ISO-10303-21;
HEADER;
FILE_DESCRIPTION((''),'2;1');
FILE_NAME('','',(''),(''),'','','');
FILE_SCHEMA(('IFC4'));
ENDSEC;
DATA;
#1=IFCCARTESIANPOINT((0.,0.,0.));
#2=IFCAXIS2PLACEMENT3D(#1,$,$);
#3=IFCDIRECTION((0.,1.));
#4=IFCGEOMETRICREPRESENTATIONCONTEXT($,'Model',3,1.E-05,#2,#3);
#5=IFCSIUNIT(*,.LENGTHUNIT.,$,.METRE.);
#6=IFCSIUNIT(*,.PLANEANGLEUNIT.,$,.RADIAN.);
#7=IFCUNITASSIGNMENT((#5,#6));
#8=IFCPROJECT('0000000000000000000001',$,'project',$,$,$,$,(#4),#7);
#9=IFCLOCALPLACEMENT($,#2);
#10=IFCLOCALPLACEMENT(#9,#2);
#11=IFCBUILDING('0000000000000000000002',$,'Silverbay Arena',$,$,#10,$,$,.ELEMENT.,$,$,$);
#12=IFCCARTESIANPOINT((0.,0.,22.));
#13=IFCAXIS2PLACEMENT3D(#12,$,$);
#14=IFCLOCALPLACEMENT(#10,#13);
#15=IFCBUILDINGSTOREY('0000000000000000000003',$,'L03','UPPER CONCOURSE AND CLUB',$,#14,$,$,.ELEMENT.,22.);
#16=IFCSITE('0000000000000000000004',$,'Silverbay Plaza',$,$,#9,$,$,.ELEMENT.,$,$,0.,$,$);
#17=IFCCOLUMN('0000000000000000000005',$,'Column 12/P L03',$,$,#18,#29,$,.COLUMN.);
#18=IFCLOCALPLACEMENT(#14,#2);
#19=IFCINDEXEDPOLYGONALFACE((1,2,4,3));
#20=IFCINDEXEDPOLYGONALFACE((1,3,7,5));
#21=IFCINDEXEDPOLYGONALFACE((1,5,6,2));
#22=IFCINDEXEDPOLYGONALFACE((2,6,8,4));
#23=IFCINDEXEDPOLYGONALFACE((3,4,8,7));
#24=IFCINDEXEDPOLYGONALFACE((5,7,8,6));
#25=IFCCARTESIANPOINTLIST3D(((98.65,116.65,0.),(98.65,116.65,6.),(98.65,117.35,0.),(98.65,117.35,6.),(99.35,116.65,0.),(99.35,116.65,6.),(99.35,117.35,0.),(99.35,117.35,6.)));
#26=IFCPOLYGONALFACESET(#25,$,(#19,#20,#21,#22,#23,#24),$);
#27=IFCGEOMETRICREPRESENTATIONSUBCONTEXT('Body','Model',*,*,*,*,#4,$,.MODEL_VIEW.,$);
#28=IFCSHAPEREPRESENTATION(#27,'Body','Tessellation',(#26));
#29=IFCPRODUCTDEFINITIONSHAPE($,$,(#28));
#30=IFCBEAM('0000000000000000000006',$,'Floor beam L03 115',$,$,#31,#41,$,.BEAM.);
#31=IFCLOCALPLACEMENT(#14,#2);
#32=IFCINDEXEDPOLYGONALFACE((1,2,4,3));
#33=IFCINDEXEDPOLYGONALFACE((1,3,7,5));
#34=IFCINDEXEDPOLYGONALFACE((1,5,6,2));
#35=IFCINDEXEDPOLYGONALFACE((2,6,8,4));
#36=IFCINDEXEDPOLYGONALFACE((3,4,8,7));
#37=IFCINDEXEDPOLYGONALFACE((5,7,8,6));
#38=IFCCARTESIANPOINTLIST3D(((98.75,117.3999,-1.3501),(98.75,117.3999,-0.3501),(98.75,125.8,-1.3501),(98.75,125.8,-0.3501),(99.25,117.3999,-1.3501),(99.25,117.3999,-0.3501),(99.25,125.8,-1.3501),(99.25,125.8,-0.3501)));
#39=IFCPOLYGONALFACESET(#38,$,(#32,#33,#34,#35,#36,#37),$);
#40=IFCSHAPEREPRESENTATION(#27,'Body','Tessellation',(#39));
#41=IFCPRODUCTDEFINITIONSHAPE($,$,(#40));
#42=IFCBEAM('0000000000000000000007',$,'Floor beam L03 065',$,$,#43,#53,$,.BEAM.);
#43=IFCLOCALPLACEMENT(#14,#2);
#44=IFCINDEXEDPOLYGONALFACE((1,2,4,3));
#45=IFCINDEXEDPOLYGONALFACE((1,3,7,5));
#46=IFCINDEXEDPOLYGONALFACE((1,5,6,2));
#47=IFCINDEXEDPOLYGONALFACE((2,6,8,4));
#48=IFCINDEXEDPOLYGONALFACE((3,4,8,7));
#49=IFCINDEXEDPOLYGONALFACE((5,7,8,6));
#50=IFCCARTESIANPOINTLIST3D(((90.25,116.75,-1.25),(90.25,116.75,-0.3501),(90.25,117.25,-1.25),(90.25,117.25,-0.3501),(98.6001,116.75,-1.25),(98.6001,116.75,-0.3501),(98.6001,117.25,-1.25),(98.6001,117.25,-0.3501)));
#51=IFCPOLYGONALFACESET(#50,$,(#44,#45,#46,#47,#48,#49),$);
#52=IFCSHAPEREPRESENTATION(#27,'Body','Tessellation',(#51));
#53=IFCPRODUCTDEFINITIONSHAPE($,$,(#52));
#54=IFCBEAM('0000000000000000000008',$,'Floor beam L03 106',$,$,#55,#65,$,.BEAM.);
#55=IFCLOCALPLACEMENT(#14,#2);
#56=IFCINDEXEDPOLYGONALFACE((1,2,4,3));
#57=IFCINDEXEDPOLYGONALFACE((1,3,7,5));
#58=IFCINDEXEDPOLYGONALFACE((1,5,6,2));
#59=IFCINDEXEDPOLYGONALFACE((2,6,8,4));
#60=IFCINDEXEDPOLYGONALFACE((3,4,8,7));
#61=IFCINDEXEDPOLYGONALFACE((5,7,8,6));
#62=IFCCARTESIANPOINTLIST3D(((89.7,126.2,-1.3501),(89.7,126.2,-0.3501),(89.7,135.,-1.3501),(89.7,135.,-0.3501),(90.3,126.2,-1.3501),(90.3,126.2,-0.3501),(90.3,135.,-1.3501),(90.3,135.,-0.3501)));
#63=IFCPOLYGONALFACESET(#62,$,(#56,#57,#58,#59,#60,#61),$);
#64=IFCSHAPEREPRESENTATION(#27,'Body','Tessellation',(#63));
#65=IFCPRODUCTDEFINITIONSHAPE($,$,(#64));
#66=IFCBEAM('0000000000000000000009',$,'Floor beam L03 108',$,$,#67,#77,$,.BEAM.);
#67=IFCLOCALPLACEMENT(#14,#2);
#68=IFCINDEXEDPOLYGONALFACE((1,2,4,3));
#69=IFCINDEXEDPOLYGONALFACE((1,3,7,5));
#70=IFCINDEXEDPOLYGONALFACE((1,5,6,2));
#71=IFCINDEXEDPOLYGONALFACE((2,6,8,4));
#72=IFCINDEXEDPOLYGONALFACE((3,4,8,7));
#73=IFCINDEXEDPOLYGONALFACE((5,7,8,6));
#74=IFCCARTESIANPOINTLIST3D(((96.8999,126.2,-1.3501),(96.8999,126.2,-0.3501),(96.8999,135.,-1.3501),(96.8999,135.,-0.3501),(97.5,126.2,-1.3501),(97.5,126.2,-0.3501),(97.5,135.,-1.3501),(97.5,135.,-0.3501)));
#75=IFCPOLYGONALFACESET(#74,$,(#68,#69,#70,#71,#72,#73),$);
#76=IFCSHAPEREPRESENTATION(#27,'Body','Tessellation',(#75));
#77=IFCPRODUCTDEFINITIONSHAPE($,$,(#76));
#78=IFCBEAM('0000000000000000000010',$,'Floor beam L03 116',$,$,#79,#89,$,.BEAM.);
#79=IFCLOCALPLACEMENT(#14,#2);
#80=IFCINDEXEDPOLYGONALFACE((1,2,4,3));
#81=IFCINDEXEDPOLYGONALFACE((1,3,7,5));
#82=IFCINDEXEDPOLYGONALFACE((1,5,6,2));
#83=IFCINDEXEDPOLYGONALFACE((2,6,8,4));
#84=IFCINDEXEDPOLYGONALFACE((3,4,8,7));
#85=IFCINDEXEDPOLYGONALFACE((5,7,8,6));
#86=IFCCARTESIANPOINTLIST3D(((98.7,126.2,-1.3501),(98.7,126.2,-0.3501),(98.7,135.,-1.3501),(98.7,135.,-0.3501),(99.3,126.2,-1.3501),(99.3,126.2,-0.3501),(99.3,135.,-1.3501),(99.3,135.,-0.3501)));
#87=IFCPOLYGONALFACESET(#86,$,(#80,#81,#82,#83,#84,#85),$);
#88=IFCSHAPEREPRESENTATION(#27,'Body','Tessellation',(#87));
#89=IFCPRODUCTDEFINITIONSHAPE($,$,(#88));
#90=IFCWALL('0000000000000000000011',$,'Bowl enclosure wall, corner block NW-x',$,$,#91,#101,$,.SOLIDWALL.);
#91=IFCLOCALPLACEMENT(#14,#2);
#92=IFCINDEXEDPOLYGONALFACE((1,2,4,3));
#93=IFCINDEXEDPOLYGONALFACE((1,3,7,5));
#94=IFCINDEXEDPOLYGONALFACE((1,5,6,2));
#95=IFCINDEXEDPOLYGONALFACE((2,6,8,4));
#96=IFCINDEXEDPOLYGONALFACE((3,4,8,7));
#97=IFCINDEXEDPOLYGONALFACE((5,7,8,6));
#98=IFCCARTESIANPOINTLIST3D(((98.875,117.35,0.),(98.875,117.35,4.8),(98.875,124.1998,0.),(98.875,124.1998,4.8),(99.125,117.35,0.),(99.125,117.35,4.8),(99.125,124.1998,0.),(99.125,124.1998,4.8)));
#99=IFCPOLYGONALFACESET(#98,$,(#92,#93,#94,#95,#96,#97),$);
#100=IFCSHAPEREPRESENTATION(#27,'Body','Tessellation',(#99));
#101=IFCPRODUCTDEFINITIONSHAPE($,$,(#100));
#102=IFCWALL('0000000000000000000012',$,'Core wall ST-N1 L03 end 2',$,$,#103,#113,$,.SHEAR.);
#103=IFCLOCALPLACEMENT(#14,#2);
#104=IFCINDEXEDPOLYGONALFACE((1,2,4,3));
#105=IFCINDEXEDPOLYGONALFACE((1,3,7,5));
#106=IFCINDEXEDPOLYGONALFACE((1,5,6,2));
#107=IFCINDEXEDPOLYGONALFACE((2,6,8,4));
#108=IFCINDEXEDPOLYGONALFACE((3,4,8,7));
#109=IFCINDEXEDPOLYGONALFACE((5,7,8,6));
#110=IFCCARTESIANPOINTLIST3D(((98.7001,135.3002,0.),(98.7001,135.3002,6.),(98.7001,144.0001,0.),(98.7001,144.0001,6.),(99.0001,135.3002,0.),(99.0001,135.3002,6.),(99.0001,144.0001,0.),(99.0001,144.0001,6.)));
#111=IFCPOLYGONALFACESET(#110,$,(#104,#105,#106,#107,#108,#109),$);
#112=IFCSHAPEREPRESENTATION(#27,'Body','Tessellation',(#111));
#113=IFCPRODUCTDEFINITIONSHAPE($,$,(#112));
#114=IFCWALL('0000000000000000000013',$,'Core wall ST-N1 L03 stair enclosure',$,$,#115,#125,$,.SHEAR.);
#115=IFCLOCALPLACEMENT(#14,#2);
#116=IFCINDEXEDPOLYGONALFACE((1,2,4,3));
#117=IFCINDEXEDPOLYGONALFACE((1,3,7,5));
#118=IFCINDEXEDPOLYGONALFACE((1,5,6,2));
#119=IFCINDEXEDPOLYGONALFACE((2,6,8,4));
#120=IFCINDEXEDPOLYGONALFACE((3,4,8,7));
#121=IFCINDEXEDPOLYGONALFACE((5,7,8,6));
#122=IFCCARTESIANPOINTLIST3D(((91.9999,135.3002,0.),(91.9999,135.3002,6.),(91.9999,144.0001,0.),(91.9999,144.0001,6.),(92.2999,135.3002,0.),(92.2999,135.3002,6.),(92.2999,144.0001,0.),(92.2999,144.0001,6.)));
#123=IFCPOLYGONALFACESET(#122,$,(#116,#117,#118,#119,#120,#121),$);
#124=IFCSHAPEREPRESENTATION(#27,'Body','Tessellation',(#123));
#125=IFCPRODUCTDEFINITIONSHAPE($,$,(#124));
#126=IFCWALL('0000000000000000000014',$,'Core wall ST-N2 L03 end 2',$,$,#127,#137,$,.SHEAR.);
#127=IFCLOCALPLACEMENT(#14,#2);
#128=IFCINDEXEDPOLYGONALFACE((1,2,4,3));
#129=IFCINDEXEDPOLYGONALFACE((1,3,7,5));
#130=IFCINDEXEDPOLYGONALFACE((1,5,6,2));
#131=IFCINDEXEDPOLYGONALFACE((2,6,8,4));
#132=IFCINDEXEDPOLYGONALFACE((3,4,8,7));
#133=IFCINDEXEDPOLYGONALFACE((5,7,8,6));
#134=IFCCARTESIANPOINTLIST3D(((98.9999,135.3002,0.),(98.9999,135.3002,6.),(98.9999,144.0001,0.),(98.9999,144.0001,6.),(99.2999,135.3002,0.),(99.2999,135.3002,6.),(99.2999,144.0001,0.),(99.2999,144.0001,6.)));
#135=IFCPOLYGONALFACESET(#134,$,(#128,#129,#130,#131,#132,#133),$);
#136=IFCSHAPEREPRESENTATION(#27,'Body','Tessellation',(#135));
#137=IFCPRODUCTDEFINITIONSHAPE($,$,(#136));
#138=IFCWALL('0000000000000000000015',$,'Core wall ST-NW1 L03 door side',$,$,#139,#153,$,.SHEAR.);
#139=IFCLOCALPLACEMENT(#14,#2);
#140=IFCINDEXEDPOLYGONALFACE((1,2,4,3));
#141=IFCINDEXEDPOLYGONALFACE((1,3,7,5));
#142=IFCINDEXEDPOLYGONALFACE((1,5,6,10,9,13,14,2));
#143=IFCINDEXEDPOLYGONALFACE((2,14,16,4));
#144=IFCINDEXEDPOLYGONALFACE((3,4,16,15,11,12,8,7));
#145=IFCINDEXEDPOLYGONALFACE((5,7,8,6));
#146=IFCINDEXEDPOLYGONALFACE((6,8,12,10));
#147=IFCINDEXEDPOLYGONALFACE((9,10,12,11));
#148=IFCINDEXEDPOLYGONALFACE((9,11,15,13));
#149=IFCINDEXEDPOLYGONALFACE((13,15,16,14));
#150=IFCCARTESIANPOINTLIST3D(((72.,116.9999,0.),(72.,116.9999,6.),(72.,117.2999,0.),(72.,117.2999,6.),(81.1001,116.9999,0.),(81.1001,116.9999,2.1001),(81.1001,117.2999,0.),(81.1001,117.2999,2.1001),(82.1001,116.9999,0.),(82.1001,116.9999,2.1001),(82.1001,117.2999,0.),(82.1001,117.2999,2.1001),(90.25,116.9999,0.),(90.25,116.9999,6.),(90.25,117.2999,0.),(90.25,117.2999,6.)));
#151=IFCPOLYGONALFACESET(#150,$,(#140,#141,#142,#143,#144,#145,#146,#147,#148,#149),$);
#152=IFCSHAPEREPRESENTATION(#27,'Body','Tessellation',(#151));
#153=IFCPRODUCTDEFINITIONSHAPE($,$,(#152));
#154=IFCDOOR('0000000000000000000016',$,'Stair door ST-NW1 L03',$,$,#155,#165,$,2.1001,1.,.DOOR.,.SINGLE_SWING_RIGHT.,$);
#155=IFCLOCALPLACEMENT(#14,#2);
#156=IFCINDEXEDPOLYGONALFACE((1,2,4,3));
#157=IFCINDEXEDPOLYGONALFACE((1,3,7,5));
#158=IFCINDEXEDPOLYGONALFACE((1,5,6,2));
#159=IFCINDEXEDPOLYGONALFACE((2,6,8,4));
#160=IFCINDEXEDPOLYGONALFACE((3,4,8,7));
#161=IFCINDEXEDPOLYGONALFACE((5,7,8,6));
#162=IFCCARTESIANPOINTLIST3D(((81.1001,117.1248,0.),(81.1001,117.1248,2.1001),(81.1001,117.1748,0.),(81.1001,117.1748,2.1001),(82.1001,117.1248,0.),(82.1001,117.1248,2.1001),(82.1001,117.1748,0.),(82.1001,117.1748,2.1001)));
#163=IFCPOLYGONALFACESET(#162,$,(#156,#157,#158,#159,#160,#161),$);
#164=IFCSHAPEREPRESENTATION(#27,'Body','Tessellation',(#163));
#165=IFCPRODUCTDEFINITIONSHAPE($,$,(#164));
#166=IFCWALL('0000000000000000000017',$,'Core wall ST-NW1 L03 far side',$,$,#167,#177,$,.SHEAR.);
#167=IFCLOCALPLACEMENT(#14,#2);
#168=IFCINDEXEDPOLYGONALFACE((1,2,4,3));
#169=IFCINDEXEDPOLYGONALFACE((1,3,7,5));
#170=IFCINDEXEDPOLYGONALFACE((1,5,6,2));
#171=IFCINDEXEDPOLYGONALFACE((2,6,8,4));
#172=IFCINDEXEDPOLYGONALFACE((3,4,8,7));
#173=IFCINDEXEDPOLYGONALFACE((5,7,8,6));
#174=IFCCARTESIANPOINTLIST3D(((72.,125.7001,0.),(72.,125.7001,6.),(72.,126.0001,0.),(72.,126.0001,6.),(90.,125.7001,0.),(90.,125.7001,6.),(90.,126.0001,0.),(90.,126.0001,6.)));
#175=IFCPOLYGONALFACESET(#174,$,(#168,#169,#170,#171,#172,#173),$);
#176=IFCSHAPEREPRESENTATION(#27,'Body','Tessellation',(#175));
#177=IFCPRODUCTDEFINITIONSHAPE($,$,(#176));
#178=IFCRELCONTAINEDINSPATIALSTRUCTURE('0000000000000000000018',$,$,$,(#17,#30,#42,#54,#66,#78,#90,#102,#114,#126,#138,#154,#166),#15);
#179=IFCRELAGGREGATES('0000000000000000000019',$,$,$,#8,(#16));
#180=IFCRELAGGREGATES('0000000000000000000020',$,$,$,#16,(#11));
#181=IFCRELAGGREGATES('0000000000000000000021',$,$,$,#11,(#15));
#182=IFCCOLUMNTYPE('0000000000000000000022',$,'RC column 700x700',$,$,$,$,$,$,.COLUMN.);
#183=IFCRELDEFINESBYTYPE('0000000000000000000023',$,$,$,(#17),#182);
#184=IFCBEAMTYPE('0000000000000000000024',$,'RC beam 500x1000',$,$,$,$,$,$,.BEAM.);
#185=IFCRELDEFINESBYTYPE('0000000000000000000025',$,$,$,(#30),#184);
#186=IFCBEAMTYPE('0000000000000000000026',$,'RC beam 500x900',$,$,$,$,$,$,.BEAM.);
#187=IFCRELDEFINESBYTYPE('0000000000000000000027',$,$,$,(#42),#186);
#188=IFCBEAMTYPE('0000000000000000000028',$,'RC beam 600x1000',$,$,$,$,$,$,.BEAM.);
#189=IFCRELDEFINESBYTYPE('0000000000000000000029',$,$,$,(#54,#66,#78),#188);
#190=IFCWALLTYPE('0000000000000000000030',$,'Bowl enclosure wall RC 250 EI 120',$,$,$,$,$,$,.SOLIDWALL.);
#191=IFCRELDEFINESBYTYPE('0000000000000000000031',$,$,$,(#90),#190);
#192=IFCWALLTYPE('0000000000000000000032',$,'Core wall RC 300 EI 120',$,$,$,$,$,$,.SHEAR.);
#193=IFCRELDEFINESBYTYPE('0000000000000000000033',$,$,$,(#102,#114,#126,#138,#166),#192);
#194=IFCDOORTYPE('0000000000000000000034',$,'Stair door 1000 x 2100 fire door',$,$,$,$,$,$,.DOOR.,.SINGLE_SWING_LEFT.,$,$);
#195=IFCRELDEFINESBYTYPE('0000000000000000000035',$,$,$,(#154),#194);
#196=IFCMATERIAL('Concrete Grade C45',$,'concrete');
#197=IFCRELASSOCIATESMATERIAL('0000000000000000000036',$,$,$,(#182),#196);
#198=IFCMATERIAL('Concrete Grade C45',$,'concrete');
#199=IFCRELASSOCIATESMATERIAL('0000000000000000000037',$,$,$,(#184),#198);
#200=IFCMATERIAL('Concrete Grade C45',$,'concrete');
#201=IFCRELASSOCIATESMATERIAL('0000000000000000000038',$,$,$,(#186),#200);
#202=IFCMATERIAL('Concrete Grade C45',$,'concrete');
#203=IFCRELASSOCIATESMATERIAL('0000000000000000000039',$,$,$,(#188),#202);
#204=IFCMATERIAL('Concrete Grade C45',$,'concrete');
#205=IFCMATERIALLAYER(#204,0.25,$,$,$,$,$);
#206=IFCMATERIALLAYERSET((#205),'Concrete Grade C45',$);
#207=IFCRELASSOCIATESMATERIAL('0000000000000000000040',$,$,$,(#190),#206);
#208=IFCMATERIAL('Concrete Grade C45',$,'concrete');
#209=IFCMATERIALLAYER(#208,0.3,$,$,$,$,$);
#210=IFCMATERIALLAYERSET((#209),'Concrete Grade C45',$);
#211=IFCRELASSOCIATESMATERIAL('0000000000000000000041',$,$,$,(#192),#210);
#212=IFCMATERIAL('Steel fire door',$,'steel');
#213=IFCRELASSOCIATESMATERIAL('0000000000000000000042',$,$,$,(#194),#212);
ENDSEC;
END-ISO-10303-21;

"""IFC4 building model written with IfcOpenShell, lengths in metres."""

from ifc_helpers import new_model, si_unit, direction, frame, frame_2d, origin, origin_2d, place, context, subcontext, project, spatial, rectangle, extrude, material, layer, layer_set, material_profile, profile_set, type_object, element, fill, save


model = new_model("IFC4")

# Units and contexts
model_context = context("Model", 3, precision=1e-05, world=origin(), true_north=direction((0.0, 1.0)))
body_context = subcontext(model_context, "Body", "Model", "MODEL_VIEW")
ifc_project = project(units=[si_unit("LENGTHUNIT", "METRE"), si_unit("PLANEANGLEUNIT", "RADIAN")], contexts=[model_context])

# Site, building, storey
site_placement = place(None, origin())
site = spatial("IfcSite", under=ifc_project, at=site_placement, Name="Silverbay Plaza", CompositionType="ELEMENT", RefElevation=0.0)
building_placement = place(site_placement, origin())
building = spatial("IfcBuilding", under=site, at=building_placement, Name="Silverbay Arena", CompositionType="ELEMENT")
storey_placement = place(building_placement, frame((0.0, 0.0, 22.0)))
storey = spatial("IfcBuildingStorey", under=building, at=storey_placement, Name="L03", Description="UPPER CONCOURSE AND CLUB", CompositionType="ELEMENT", Elevation=22.0)

# Column
ifc_material_1 = material(Name="Concrete Grade C45", Category="concrete")
ifc_material_profile_1 = material_profile(ifc_material_1, rectangle(XDim=0.7, YDim=0.7, at=origin_2d()), Name="RC 700x700")
ifc_profile_set_1 = profile_set([ifc_material_profile_1], Name="Concrete Grade C45")
column_type = type_object("IfcColumnType", Name="RC column 700x700", PredefinedType="COLUMN", material=ifc_profile_set_1)
column_placement = place(storey_placement, frame((99.0, 117.0, 0.0), z_axis=(0.0, 0.0, 1.0), x_axis=(1.0, 0.0, 0.0)))
element("IfcColumn", 1, at=column_placement, inside=storey, type_object=column_type, Name="Column 12/P L03", PredefinedType="COLUMN", context=body_context, shape_type="SweptSolid", body=[
    extrude(rectangle(XDim=0.7, YDim=0.7, at=origin_2d()), origin(), (0.0, 0.0, 1.0), 6.0),
])

# Beams
ifc_material_2 = material(Name="Concrete Grade C45", Category="concrete")
ifc_material_profile_2 = material_profile(ifc_material_2, rectangle(XDim=0.5, YDim=1.0, at=origin_2d()), Name="RC 500x1000")
ifc_profile_set_2 = profile_set([ifc_material_profile_2], Name="Concrete Grade C45")
beam_type_1 = type_object("IfcBeamType", Name="RC beam 500x1000", PredefinedType="BEAM", material=ifc_profile_set_2)
beam_1_placement = place(storey_placement, frame((99.0, 117.3999, -0.8501), z_axis=(0.0, 1.0, 0.0), x_axis=(-1.0, 0.0, 0.0)))
element("IfcBeam", 2, at=beam_1_placement, inside=storey, type_object=beam_type_1, Name="Floor beam L03 115", PredefinedType="BEAM", context=body_context, shape_type="SweptSolid", body=[
    extrude(rectangle(XDim=0.5, YDim=1.0, at=origin_2d()), origin(), (0.0, 0.0, 1.0), 8.4001),
])
ifc_material_3 = material(Name="Concrete Grade C45", Category="concrete")
ifc_material_profile_3 = material_profile(ifc_material_3, rectangle(XDim=0.5, YDim=0.8999, at=origin_2d()), Name="RC 500x900")
ifc_profile_set_3 = profile_set([ifc_material_profile_3], Name="Concrete Grade C45")
beam_type_2 = type_object("IfcBeamType", Name="RC beam 500x900", PredefinedType="BEAM", material=ifc_profile_set_3)
beam_2_placement = place(storey_placement, frame((90.25, 117.0, -0.8), z_axis=(1.0, 0.0, 0.0), x_axis=(0.0, 1.0, 0.0)))
element("IfcBeam", 3, at=beam_2_placement, inside=storey, type_object=beam_type_2, Name="Floor beam L03 065", PredefinedType="BEAM", context=body_context, shape_type="SweptSolid", body=[
    extrude(rectangle(XDim=0.5, YDim=0.8999, at=origin_2d()), origin(), (0.0, 0.0, 1.0), 8.3501),
])
ifc_material_4 = material(Name="Concrete Grade C45", Category="concrete")
ifc_material_profile_4 = material_profile(ifc_material_4, rectangle(XDim=0.6001, YDim=1.0, at=origin_2d()), Name="RC 600x1000")
ifc_profile_set_4 = profile_set([ifc_material_profile_4], Name="Concrete Grade C45")
beam_type_3 = type_object("IfcBeamType", Name="RC beam 600x1000", PredefinedType="BEAM", material=ifc_profile_set_4)
for number, where, z_axis, x_axis, name in (
    (4, (90.0, 126.2, -0.8501), (0.0, 1.0, 0.0), (-1.0, 0.0, 0.0), "Floor beam L03 106"),
    (5, (97.2, 126.2, -0.8501), (0.0, 1.0, 0.0), (-1.0, 0.0, 0.0), "Floor beam L03 108"),
    (6, (99.0, 126.2, -0.8501), (0.0, 1.0, 0.0), (-1.0, 0.0, 0.0), "Floor beam L03 116"),
):
    element("IfcBeam", number, at=place(storey_placement, frame(where, z_axis=z_axis, x_axis=x_axis)), inside=storey, type_object=beam_type_3, Name=name, PredefinedType="BEAM", context=body_context, shape_type="SweptSolid", body=[
        extrude(rectangle(XDim=0.6001, YDim=1.0, at=origin_2d()), origin(), (0.0, 0.0, 1.0), 8.8),
    ])

# Shared definitions
ifc_material_5 = material(Name="Concrete Grade C45", Category="concrete")
ifc_layer_1 = layer(ifc_material_5, 0.25)
ifc_layer_set_1 = layer_set([ifc_layer_1], Name="Concrete Grade C45")
wall_type_1 = type_object("IfcWallType", Name="Bowl enclosure wall RC 250 EI 120", PredefinedType="SOLIDWALL", material=ifc_layer_set_1)

# Walls
wall_1_placement = place(storey_placement, frame((99.0, 117.3501, 0.0), z_axis=(0.0, 0.0, 1.0), x_axis=(0.0, 1.0, 0.0)))
element("IfcWall", 7, at=wall_1_placement, inside=storey, type_object=wall_type_1, Name="Bowl enclosure wall, corner block NW-x", PredefinedType="SOLIDWALL", context=body_context, shape_type="SweptSolid", body=[
    extrude(rectangle(XDim=6.8499, YDim=0.25, at=frame_2d((3.4248, 0.0))), origin(), (0.0, 0.0, 1.0), 4.8),
])
ifc_material_6 = material(Name="Concrete Grade C45", Category="concrete")
ifc_layer_2 = layer(ifc_material_6, 0.3)
ifc_layer_set_2 = layer_set([ifc_layer_2], Name="Concrete Grade C45")
wall_type_2 = type_object("IfcWallType", Name="Core wall RC 300 EI 120", PredefinedType="SHEAR", material=ifc_layer_set_2)
for number, where, z_axis, x_axis, name in (
    (8, (98.8501, 135.3, 0.0), (0.0, 0.0, 1.0), (0.0, 1.0, 0.0), "Core wall ST-N1 L03 end 2"),
    (9, (92.1499, 135.3, 0.0), (0.0, 0.0, 1.0), (0.0, 1.0, 0.0), "Core wall ST-N1 L03 stair enclosure"),
    (10, (99.1499, 135.3, 0.0), (0.0, 0.0, 1.0), (0.0, 1.0, 0.0), "Core wall ST-N2 L03 end 2"),
):
    element("IfcWall", number, at=place(storey_placement, frame(where, z_axis=z_axis, x_axis=x_axis)), inside=storey, type_object=wall_type_2, Name=name, PredefinedType="SHEAR", context=body_context, shape_type="SweptSolid", body=[
        extrude(rectangle(XDim=8.7, YDim=0.3, at=frame_2d((4.3501, 0.0))), origin(), (0.0, 0.0, 1.0), 6.0),
    ])

# Wall, opening, door
wall_2_placement = place(storey_placement, frame((90.25, 117.1499, 0.0), z_axis=(0.0, 0.0, 1.0), x_axis=(-1.0, 0.0, 0.0)))
wall_2 = element("IfcWall", 11, at=wall_2_placement, inside=storey, type_object=wall_type_2, Name="Core wall ST-NW1 L03 door side", PredefinedType="SHEAR", context=body_context, shape_type="SweptSolid", body=[
    extrude(rectangle(XDim=18.25, YDim=0.3, at=frame_2d((9.125, 0.0))), origin(), (0.0, 0.0, 1.0), 6.0),
])
opening_1_placement = place(wall_2_placement, frame((8.1499, 0.0, 0.0)))
opening_1 = element("IfcOpeningElement", 12, at=opening_1_placement, cuts=wall_2, PredefinedType="OPENING", context=body_context, shape_type="SweptSolid", body=[
    extrude(rectangle(XDim=1.0, YDim=2.1001, at=frame_2d((0.5, 1.05))), frame((0.0, 0.1602, 0.0), z_axis=(0.0, -1.0, 0.0), x_axis=(1.0, 0.0, 0.0)), (0.0, 0.0, 1.0), 0.3201),
])
ifc_material_7 = material(Name="Steel fire door", Category="steel")
door_type_1 = type_object("IfcDoorType", Name="Stair door 1000 x 2100 fire door", OperationType="SINGLE_SWING_LEFT", PredefinedType="DOOR", material=ifc_material_7)
door_1_placement = place(opening_1_placement, frame((1.0, 0.0, 0.0), z_axis=(0.0, 0.0, 1.0), x_axis=(-1.0, 0.0, 0.0)))
door_1 = element("IfcDoor", 13, at=door_1_placement, inside=storey, type_object=door_type_1, Name="Stair door ST-NW1 L03", OperationType="SINGLE_SWING_RIGHT", OverallHeight=2.1001, OverallWidth=1.0, PredefinedType="DOOR", context=body_context, shape_type="SweptSolid", body=[
    extrude(rectangle(XDim=1.0, YDim=2.1001, at=frame_2d((0.5, 1.05))), frame((0.0, 0.0249, 0.0), z_axis=(0.0, -1.0, 0.0), x_axis=(1.0, 0.0, 0.0)), (0.0, 0.0, 1.0), 0.05),
])
fill(opening_1, door_1)

# Wall
wall_3_placement = place(storey_placement, frame((90.0, 125.8501, 0.0), z_axis=(0.0, 0.0, 1.0), x_axis=(-1.0, 0.0, 0.0)))
element("IfcWall", 14, at=wall_3_placement, inside=storey, type_object=wall_type_2, Name="Core wall ST-NW1 L03 far side", PredefinedType="SHEAR", context=body_context, shape_type="SweptSolid", body=[
    extrude(rectangle(XDim=18.0, YDim=0.3, at=frame_2d((9.0, 0.0))), origin(), (0.0, 0.0, 1.0), 6.0),
])

save(model, "model.ifc")
